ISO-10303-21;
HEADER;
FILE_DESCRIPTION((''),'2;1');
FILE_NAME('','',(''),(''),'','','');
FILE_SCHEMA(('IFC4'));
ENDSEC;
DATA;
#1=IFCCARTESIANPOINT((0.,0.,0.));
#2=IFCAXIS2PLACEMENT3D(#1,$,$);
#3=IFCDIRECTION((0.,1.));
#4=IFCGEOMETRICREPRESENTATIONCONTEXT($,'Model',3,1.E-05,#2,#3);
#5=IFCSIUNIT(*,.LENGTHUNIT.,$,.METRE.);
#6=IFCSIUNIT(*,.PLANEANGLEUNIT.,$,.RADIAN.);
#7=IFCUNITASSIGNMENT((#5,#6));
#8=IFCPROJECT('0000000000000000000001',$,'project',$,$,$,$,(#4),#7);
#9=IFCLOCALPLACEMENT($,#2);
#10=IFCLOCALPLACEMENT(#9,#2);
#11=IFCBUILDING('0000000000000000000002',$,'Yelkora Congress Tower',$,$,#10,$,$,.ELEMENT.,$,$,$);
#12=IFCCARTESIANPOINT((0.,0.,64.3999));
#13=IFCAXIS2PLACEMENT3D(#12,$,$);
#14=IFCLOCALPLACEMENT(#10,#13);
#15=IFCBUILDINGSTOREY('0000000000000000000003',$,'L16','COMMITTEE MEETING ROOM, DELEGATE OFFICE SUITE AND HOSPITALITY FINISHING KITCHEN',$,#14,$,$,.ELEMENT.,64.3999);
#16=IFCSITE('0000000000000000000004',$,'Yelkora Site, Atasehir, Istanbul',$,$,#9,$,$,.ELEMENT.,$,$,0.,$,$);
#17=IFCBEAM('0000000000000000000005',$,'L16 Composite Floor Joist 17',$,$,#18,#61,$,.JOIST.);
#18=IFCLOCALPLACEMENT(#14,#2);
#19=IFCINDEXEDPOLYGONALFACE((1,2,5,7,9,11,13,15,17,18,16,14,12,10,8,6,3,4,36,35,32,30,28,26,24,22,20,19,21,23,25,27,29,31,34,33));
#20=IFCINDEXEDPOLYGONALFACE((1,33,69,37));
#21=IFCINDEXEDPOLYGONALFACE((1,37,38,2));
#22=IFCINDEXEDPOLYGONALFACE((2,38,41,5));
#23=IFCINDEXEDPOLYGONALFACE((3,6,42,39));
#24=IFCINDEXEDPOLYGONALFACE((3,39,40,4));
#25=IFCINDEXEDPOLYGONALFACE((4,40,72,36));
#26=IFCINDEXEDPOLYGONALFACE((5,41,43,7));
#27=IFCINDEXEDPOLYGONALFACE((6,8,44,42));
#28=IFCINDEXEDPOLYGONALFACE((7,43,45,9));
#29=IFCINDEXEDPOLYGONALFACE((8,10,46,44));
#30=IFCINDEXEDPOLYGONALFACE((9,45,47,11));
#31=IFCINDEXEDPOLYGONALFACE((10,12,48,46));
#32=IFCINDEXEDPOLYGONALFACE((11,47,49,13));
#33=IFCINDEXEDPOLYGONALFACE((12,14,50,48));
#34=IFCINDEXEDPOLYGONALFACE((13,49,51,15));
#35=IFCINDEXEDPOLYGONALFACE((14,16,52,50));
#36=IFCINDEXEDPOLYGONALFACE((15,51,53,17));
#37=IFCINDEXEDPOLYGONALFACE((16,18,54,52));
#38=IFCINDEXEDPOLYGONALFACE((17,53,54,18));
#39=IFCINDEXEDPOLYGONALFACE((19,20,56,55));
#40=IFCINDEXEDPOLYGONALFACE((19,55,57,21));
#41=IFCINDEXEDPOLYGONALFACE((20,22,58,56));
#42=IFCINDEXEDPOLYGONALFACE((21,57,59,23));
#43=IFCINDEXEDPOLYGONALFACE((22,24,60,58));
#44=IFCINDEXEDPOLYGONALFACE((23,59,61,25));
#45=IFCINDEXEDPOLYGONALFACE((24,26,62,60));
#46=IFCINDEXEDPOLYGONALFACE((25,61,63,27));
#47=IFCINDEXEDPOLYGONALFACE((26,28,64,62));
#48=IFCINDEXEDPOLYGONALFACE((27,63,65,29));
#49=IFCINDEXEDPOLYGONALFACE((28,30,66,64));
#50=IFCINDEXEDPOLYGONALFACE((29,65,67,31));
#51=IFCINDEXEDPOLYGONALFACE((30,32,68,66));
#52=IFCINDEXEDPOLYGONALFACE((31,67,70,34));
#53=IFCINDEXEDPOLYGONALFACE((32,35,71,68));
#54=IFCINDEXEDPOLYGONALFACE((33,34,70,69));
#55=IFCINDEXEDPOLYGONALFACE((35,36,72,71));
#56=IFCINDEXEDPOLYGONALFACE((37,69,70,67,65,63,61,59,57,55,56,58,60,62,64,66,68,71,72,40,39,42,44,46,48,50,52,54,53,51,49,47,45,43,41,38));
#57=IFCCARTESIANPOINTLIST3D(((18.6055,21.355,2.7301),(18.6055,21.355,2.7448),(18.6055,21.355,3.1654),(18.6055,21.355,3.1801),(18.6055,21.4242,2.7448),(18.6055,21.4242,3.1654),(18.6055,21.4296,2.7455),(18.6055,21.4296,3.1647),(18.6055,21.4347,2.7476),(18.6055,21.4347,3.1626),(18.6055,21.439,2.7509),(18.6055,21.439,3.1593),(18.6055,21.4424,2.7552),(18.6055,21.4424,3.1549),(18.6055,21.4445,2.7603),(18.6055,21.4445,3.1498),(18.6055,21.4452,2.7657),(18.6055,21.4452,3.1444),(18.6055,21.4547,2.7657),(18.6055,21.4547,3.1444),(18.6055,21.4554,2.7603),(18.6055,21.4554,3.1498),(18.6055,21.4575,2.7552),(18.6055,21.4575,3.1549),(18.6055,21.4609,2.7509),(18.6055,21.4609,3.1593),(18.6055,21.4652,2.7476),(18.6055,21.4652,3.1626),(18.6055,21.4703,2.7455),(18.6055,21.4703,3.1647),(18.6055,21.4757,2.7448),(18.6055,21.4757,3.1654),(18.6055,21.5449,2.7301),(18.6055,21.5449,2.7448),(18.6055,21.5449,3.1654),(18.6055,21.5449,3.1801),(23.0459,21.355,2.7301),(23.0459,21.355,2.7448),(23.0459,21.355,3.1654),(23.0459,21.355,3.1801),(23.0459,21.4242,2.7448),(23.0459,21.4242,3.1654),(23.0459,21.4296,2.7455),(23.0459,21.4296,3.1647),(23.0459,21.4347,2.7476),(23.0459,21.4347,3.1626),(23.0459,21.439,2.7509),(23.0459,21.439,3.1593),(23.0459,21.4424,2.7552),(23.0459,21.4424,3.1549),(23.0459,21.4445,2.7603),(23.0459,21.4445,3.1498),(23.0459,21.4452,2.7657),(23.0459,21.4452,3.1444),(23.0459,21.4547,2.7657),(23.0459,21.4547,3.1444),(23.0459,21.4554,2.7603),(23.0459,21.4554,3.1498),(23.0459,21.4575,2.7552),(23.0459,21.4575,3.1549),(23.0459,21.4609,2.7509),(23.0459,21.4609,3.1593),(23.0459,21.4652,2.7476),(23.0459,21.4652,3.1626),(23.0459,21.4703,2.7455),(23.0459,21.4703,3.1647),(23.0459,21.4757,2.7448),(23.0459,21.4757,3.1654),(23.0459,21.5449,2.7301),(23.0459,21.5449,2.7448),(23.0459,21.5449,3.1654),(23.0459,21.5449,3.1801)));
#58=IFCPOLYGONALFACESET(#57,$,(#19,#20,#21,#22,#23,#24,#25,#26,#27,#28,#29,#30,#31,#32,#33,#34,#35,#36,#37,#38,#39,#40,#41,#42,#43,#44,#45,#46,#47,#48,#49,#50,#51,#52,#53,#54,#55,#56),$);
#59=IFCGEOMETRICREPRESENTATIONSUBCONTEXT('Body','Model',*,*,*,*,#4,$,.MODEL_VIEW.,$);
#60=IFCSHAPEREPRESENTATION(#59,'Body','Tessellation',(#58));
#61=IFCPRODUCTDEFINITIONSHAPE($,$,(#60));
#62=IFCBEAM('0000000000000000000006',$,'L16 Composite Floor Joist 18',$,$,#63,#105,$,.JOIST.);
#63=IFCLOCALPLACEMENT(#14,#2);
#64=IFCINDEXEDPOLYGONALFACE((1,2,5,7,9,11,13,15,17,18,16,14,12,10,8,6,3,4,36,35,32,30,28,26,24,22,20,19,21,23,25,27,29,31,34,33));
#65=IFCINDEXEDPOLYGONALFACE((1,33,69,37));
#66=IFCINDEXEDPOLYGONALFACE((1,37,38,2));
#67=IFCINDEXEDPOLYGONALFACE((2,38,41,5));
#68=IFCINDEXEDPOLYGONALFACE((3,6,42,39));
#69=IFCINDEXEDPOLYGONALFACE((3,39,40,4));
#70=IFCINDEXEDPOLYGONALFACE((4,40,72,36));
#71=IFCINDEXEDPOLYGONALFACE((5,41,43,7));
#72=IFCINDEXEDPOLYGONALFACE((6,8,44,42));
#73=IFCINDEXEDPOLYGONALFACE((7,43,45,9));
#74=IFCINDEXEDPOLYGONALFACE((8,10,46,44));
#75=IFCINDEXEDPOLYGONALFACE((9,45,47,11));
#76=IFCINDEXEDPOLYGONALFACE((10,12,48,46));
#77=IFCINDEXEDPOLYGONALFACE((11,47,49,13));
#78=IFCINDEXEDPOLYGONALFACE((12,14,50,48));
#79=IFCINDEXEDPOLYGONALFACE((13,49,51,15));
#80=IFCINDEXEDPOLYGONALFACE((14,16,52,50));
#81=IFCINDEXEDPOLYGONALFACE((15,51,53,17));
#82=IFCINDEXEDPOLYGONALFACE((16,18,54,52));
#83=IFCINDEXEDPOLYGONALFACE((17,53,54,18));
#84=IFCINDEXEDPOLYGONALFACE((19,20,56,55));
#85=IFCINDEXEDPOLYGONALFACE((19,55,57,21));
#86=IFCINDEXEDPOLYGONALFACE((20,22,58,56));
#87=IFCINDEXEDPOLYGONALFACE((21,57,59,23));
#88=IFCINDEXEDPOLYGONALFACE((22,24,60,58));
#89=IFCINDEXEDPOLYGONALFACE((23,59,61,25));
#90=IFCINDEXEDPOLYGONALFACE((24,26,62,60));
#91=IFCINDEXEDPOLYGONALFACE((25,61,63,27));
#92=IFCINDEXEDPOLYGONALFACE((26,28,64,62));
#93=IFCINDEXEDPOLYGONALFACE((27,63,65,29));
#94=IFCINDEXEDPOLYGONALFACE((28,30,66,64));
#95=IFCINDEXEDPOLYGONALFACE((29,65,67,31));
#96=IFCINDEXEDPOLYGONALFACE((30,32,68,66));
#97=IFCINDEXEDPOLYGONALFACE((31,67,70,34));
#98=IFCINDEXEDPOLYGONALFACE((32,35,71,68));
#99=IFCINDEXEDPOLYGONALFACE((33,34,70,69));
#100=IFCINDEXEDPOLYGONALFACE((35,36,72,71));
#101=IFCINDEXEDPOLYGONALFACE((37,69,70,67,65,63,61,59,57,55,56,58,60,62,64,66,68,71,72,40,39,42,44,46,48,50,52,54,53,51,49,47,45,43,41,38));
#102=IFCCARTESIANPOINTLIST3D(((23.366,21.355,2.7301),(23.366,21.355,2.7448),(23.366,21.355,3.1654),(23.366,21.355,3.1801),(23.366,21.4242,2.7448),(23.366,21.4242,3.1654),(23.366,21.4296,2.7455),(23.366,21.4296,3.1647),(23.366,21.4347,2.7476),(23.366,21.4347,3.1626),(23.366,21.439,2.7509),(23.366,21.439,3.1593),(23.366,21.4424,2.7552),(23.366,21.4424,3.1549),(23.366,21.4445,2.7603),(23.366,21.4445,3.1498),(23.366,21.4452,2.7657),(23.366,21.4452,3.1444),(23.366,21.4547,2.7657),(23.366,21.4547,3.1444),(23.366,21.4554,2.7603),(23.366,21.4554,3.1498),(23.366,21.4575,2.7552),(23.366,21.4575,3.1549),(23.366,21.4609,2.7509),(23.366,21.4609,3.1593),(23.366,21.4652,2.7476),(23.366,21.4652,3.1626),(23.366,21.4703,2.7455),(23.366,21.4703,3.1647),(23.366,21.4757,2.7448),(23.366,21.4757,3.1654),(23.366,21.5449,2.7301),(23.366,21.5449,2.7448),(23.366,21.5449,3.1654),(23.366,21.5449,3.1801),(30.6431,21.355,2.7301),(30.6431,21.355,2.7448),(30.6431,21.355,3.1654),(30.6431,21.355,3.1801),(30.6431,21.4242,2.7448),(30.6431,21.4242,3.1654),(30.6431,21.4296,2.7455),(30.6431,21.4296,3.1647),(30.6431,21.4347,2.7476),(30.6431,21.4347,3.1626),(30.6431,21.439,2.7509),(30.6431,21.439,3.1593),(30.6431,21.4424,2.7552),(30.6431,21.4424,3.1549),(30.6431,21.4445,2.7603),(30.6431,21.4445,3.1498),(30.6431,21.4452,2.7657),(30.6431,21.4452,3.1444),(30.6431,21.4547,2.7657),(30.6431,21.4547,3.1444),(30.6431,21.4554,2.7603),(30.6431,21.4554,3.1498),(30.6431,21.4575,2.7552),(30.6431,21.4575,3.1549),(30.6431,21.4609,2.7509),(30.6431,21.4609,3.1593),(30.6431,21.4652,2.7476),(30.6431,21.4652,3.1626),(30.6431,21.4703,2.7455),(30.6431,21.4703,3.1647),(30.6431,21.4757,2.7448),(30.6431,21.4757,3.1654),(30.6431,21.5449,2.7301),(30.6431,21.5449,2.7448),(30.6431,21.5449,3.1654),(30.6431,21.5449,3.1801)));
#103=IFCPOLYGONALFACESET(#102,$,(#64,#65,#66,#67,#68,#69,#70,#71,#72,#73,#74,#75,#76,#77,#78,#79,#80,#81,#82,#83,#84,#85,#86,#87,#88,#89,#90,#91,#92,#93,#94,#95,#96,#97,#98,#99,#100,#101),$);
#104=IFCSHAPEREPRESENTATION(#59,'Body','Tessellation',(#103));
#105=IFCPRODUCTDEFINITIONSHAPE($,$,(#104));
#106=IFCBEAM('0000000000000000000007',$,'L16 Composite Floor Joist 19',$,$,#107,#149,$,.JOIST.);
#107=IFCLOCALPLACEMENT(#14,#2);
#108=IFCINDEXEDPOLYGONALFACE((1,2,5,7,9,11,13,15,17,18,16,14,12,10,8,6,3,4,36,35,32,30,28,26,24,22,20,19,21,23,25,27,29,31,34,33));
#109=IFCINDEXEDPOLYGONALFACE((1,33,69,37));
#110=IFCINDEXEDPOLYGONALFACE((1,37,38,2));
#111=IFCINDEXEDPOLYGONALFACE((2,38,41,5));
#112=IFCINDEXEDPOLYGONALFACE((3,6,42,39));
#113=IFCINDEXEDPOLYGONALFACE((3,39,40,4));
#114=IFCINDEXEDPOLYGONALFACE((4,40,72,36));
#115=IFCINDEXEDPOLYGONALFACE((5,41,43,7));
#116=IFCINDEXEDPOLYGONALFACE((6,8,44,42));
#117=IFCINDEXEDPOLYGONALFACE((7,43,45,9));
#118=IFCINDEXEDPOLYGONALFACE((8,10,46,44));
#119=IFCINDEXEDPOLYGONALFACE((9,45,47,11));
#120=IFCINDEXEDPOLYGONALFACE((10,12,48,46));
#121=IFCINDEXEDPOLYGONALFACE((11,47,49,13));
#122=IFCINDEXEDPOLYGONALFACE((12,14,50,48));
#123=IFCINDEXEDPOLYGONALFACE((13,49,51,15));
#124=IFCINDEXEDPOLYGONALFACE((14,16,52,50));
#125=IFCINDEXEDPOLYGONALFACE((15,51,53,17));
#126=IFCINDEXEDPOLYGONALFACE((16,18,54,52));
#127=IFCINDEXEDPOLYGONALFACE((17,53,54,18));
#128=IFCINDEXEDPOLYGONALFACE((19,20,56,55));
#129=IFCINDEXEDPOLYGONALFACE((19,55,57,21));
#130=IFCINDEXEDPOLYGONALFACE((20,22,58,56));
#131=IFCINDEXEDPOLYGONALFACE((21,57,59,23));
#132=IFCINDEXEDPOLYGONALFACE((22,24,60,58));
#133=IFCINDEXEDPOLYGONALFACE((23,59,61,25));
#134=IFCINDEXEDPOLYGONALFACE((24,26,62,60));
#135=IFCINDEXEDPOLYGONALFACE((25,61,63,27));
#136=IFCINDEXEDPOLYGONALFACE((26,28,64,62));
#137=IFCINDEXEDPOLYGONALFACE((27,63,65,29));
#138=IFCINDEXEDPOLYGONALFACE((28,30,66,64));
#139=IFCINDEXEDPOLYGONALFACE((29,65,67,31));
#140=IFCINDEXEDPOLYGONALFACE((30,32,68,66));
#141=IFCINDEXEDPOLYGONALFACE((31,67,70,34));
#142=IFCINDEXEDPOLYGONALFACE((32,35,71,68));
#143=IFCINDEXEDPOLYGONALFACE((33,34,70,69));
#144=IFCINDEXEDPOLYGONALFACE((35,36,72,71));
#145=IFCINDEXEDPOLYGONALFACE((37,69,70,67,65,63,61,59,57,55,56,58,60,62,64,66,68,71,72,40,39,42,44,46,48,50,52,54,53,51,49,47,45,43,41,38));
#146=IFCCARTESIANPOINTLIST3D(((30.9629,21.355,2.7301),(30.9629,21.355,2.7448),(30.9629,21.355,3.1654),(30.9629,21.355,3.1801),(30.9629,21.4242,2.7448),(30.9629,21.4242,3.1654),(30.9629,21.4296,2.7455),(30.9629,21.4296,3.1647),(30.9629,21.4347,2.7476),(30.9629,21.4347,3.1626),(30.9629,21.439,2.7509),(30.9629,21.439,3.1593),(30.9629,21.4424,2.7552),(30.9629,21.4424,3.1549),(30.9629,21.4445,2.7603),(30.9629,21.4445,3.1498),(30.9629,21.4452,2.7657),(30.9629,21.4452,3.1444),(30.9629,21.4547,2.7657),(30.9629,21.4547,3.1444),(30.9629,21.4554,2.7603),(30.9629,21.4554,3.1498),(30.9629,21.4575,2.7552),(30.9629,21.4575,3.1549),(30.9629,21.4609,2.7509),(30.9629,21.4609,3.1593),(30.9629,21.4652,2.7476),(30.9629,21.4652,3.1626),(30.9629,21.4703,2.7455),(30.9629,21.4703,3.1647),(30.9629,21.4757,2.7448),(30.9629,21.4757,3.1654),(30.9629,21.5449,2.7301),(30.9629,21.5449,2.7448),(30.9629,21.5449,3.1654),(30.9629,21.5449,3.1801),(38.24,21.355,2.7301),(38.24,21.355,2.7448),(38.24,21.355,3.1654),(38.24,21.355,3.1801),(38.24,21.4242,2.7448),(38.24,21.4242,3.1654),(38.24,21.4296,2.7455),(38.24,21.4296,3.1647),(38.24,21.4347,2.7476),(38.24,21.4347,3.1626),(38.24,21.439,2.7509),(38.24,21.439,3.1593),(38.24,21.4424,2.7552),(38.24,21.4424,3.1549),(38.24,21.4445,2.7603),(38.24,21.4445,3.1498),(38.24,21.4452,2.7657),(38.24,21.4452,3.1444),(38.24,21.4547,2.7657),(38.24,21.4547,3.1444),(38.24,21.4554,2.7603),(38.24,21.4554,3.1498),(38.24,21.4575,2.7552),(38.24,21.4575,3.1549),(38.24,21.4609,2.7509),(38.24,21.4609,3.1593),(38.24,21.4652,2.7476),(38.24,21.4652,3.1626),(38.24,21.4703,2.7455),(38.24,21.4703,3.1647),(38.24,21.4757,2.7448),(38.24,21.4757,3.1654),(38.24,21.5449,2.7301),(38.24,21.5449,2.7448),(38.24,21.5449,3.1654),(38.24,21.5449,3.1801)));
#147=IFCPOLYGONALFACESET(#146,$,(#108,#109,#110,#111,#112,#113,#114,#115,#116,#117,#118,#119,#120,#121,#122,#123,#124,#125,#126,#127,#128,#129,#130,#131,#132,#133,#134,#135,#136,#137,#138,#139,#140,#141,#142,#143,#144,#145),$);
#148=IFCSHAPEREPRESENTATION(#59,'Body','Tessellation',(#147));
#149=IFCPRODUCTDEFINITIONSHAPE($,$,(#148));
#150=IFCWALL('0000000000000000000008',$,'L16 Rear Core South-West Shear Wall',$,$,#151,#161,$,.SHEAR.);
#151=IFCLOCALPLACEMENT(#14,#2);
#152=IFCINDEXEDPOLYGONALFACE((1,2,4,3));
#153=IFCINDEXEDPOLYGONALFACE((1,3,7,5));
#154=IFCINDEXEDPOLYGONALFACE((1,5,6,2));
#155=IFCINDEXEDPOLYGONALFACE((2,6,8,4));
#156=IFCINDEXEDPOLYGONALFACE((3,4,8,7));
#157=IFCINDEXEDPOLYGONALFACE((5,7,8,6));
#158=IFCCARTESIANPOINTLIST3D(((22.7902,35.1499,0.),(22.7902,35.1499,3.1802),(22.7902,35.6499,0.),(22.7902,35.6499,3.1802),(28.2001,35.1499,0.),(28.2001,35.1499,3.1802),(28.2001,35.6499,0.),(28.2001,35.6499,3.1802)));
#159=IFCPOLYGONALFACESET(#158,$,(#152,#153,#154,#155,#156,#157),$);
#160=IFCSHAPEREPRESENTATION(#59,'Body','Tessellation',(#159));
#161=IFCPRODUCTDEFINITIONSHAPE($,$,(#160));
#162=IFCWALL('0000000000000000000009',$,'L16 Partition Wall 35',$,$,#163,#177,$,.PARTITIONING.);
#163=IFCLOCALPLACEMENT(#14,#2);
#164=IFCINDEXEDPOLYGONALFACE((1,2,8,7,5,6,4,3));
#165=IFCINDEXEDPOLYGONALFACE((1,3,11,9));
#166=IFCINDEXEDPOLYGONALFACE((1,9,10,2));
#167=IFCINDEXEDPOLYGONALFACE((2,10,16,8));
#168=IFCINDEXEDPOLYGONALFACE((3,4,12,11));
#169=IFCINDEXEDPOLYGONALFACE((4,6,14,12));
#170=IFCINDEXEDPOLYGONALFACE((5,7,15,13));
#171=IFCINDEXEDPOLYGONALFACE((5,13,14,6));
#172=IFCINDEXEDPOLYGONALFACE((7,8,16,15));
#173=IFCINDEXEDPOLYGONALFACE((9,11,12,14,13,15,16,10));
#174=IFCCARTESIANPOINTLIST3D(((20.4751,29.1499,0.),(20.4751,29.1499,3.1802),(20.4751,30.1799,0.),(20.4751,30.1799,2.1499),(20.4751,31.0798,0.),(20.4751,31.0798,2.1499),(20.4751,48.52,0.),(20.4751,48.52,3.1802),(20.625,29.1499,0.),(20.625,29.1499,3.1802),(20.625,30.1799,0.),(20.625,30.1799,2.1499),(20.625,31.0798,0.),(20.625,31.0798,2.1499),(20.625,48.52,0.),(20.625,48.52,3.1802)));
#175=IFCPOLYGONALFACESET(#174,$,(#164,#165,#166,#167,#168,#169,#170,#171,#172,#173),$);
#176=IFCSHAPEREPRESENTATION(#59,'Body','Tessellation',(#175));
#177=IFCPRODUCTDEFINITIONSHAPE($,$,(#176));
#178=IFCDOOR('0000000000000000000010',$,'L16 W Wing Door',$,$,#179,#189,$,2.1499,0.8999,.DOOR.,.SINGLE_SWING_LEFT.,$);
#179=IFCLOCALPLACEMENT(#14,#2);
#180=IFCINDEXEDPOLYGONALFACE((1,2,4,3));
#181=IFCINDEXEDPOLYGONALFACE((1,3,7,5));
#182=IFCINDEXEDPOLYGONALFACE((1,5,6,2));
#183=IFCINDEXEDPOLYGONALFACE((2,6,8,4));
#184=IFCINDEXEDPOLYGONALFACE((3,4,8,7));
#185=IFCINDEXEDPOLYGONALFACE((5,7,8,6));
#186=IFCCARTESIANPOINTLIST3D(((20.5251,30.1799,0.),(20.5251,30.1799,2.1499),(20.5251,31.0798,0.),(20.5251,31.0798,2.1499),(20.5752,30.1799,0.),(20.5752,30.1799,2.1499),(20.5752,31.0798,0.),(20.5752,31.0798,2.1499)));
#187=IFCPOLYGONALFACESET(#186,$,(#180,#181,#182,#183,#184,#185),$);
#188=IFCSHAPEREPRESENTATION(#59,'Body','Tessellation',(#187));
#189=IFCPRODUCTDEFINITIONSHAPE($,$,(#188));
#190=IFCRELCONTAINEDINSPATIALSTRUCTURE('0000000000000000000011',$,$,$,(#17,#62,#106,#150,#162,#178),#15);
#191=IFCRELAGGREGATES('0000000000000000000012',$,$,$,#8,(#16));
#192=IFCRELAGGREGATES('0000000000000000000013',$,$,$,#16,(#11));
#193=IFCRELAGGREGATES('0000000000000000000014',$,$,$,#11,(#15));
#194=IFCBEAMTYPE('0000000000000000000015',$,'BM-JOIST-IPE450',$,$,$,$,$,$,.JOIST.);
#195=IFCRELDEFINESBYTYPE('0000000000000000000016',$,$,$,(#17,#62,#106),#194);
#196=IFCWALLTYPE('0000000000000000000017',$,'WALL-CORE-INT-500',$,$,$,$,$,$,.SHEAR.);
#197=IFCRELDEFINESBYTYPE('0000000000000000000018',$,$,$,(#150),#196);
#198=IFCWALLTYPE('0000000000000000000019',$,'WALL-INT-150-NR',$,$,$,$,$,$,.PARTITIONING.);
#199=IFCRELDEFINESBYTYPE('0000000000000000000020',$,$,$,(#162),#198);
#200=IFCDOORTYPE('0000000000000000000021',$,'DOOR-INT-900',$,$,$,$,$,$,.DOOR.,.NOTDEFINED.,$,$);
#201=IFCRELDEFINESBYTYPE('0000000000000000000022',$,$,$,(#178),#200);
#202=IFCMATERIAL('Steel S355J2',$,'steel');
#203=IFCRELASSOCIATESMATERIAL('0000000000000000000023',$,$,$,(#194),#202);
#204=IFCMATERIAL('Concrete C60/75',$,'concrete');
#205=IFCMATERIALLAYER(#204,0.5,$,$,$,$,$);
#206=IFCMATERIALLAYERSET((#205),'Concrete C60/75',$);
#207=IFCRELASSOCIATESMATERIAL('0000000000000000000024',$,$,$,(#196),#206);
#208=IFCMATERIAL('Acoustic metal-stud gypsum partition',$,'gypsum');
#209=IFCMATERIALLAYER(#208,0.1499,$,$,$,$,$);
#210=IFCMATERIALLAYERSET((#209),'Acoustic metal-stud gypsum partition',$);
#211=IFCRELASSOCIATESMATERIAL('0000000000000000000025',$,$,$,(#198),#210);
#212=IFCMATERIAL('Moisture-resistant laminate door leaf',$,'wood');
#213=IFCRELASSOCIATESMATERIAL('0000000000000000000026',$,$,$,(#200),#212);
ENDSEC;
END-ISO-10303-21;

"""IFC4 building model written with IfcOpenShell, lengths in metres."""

from ifc_helpers import new_model, si_unit, direction, frame, frame_2d, origin, origin_2d, place, context, subcontext, project, spatial, rectangle, i_section, extrude, material, layer, layer_set, material_profile, profile_set, type_object, element, fill, save


model = new_model("IFC4")

# Units and contexts
model_context = context("Model", 3, precision=1e-05, world=origin(), true_north=direction((0.0, 1.0)))
body_context = subcontext(model_context, "Body", "Model", "MODEL_VIEW")
ifc_project = project(units=[si_unit("LENGTHUNIT", "METRE"), si_unit("PLANEANGLEUNIT", "RADIAN")], contexts=[model_context])

# Site, building, storey
site_placement = place(None, origin())
site = spatial("IfcSite", under=ifc_project, at=site_placement, Name="Yelkora Site, Atasehir, Istanbul", CompositionType="ELEMENT", RefElevation=0.0)
building_placement = place(site_placement, origin())
building = spatial("IfcBuilding", under=site, at=building_placement, Name="Yelkora Congress Tower", CompositionType="ELEMENT")
storey_placement = place(building_placement, frame((0.0, 0.0, 64.3999)))
storey = spatial("IfcBuildingStorey", under=building, at=storey_placement, Name="L16", Description="COMMITTEE MEETING ROOM, DELEGATE OFFICE SUITE AND HOSPITALITY FINISHING KITCHEN", CompositionType="ELEMENT", Elevation=64.3999)

# Shared definitions
ifc_material_1 = material(Name="Concrete C60/75", Category="concrete")

# Beams
ifc_material_2 = material(Name="Steel S355J2", Category="steel")
ifc_material_profile_1 = material_profile(ifc_material_2, i_section(OverallWidth=0.1899, OverallDepth=0.45, WebThickness=0.0095, FlangeThickness=0.0146, FilletRadius=0.021, at=origin_2d()), Name="IPE 450")
ifc_profile_set_1 = profile_set([ifc_material_profile_1], Name="Steel S355J2")
beam_type_1 = type_object("IfcBeamType", Name="BM-JOIST-IPE450", PredefinedType="JOIST", material=ifc_profile_set_1)
beam_1_placement = place(storey_placement, frame((18.6055, 21.45, 2.9551), z_axis=(1.0, 0.0, 0.0), x_axis=(0.0, 1.0, 0.0)))
element("IfcBeam", 1, at=beam_1_placement, inside=storey, type_object=beam_type_1, Name="L16 Composite Floor Joist 17", PredefinedType="JOIST", context=body_context, shape_type="SweptSolid", body=[
    extrude(i_section(OverallWidth=0.1899, OverallDepth=0.45, WebThickness=0.0095, FlangeThickness=0.0146, FilletRadius=0.021, at=origin_2d()), origin(), (0.0, 0.0, 1.0), 4.4404),
])
for number, where, z_axis, x_axis, name in (
    (2, (23.366, 21.45, 2.9551), (1.0, 0.0, 0.0), (0.0, 1.0, 0.0), "L16 Composite Floor Joist 18"),
    (3, (30.9629, 21.45, 2.9551), (1.0, 0.0, 0.0), (0.0, 1.0, 0.0), "L16 Composite Floor Joist 19"),
):
    element("IfcBeam", number, at=place(storey_placement, frame(where, z_axis=z_axis, x_axis=x_axis)), inside=storey, type_object=beam_type_1, Name=name, PredefinedType="JOIST", context=body_context, shape_type="SweptSolid", body=[
        extrude(i_section(OverallWidth=0.1899, OverallDepth=0.45, WebThickness=0.0095, FlangeThickness=0.0146, FilletRadius=0.021, at=origin_2d()), origin(), (0.0, 0.0, 1.0), 7.2771),
    ])

# Wall
ifc_layer_1 = layer(ifc_material_1, 0.5)
ifc_layer_set_1 = layer_set([ifc_layer_1], Name="Concrete C60/75")
wall_type_1 = type_object("IfcWallType", Name="WALL-CORE-INT-500", PredefinedType="SHEAR", material=ifc_layer_set_1)
wall_1_placement = place(storey_placement, frame((22.79, 35.3999, 0.0), z_axis=(0.0, 0.0, 1.0), x_axis=(1.0, 0.0, 0.0)))
element("IfcWall", 4, at=wall_1_placement, inside=storey, type_object=wall_type_1, Name="L16 Rear Core South-West Shear Wall", PredefinedType="SHEAR", context=body_context, shape_type="SweptSolid", body=[
    extrude(rectangle(XDim=5.4099, YDim=0.5, at=frame_2d((2.7051, 0.0))), origin(), (0.0, 0.0, 1.0), 3.1802),
])

# Wall, opening, door
ifc_material_3 = material(Name="Acoustic metal-stud gypsum partition", Category="gypsum")
ifc_layer_2 = layer(ifc_material_3, 0.1499)
ifc_layer_set_2 = layer_set([ifc_layer_2], Name="Acoustic metal-stud gypsum partition")
wall_type_2 = type_object("IfcWallType", Name="WALL-INT-150-NR", PredefinedType="PARTITIONING", material=ifc_layer_set_2)
wall_2_placement = place(storey_placement, frame((20.55, 29.1499, 0.0), z_axis=(0.0, 0.0, 1.0), x_axis=(0.0, 1.0, 0.0)))
wall_2 = element("IfcWall", 5, at=wall_2_placement, inside=storey, type_object=wall_type_2, Name="L16 Partition Wall 35", PredefinedType="PARTITIONING", context=body_context, shape_type="SweptSolid", body=[
    extrude(rectangle(XDim=19.3701, YDim=0.1499, at=frame_2d((9.6851, 0.0))), origin(), (0.0, 0.0, 1.0), 3.1802),
])
opening_1_placement = place(wall_2_placement, frame((1.03, 0.0, 0.0)))
opening_1 = element("IfcOpeningElement", 6, at=opening_1_placement, cuts=wall_2, PredefinedType="OPENING", context=body_context, shape_type="SweptSolid", body=[
    extrude(rectangle(XDim=0.8999, YDim=2.1499, at=frame_2d((0.45, 1.075))), frame((0.0, 0.085, 0.0), z_axis=(0.0, -1.0, 0.0), x_axis=(1.0, 0.0, 0.0)), (0.0, 0.0, 1.0), 0.1699),
])
ifc_material_4 = material(Name="Moisture-resistant laminate door leaf", Category="wood")
door_type = type_object("IfcDoorType", Name="DOOR-INT-900", OperationType="NOTDEFINED", PredefinedType="DOOR", material=ifc_material_4)
door_1_placement = place(opening_1_placement, origin())
door_1 = element("IfcDoor", 7, at=door_1_placement, inside=storey, type_object=door_type, Name="L16 W Wing Door", OperationType="SINGLE_SWING_LEFT", OverallHeight=2.1499, OverallWidth=0.8999, PredefinedType="DOOR", context=body_context, shape_type="SweptSolid", body=[
    extrude(rectangle(XDim=0.8999, YDim=2.1499, at=frame_2d((0.45, 1.075))), frame((0.0, 0.0249, 0.0), z_axis=(0.0, -1.0, 0.0), x_axis=(1.0, 0.0, 0.0)), (0.0, 0.0, 1.0), 0.05),
])
fill(opening_1, door_1)

save(model, "model.ifc")
